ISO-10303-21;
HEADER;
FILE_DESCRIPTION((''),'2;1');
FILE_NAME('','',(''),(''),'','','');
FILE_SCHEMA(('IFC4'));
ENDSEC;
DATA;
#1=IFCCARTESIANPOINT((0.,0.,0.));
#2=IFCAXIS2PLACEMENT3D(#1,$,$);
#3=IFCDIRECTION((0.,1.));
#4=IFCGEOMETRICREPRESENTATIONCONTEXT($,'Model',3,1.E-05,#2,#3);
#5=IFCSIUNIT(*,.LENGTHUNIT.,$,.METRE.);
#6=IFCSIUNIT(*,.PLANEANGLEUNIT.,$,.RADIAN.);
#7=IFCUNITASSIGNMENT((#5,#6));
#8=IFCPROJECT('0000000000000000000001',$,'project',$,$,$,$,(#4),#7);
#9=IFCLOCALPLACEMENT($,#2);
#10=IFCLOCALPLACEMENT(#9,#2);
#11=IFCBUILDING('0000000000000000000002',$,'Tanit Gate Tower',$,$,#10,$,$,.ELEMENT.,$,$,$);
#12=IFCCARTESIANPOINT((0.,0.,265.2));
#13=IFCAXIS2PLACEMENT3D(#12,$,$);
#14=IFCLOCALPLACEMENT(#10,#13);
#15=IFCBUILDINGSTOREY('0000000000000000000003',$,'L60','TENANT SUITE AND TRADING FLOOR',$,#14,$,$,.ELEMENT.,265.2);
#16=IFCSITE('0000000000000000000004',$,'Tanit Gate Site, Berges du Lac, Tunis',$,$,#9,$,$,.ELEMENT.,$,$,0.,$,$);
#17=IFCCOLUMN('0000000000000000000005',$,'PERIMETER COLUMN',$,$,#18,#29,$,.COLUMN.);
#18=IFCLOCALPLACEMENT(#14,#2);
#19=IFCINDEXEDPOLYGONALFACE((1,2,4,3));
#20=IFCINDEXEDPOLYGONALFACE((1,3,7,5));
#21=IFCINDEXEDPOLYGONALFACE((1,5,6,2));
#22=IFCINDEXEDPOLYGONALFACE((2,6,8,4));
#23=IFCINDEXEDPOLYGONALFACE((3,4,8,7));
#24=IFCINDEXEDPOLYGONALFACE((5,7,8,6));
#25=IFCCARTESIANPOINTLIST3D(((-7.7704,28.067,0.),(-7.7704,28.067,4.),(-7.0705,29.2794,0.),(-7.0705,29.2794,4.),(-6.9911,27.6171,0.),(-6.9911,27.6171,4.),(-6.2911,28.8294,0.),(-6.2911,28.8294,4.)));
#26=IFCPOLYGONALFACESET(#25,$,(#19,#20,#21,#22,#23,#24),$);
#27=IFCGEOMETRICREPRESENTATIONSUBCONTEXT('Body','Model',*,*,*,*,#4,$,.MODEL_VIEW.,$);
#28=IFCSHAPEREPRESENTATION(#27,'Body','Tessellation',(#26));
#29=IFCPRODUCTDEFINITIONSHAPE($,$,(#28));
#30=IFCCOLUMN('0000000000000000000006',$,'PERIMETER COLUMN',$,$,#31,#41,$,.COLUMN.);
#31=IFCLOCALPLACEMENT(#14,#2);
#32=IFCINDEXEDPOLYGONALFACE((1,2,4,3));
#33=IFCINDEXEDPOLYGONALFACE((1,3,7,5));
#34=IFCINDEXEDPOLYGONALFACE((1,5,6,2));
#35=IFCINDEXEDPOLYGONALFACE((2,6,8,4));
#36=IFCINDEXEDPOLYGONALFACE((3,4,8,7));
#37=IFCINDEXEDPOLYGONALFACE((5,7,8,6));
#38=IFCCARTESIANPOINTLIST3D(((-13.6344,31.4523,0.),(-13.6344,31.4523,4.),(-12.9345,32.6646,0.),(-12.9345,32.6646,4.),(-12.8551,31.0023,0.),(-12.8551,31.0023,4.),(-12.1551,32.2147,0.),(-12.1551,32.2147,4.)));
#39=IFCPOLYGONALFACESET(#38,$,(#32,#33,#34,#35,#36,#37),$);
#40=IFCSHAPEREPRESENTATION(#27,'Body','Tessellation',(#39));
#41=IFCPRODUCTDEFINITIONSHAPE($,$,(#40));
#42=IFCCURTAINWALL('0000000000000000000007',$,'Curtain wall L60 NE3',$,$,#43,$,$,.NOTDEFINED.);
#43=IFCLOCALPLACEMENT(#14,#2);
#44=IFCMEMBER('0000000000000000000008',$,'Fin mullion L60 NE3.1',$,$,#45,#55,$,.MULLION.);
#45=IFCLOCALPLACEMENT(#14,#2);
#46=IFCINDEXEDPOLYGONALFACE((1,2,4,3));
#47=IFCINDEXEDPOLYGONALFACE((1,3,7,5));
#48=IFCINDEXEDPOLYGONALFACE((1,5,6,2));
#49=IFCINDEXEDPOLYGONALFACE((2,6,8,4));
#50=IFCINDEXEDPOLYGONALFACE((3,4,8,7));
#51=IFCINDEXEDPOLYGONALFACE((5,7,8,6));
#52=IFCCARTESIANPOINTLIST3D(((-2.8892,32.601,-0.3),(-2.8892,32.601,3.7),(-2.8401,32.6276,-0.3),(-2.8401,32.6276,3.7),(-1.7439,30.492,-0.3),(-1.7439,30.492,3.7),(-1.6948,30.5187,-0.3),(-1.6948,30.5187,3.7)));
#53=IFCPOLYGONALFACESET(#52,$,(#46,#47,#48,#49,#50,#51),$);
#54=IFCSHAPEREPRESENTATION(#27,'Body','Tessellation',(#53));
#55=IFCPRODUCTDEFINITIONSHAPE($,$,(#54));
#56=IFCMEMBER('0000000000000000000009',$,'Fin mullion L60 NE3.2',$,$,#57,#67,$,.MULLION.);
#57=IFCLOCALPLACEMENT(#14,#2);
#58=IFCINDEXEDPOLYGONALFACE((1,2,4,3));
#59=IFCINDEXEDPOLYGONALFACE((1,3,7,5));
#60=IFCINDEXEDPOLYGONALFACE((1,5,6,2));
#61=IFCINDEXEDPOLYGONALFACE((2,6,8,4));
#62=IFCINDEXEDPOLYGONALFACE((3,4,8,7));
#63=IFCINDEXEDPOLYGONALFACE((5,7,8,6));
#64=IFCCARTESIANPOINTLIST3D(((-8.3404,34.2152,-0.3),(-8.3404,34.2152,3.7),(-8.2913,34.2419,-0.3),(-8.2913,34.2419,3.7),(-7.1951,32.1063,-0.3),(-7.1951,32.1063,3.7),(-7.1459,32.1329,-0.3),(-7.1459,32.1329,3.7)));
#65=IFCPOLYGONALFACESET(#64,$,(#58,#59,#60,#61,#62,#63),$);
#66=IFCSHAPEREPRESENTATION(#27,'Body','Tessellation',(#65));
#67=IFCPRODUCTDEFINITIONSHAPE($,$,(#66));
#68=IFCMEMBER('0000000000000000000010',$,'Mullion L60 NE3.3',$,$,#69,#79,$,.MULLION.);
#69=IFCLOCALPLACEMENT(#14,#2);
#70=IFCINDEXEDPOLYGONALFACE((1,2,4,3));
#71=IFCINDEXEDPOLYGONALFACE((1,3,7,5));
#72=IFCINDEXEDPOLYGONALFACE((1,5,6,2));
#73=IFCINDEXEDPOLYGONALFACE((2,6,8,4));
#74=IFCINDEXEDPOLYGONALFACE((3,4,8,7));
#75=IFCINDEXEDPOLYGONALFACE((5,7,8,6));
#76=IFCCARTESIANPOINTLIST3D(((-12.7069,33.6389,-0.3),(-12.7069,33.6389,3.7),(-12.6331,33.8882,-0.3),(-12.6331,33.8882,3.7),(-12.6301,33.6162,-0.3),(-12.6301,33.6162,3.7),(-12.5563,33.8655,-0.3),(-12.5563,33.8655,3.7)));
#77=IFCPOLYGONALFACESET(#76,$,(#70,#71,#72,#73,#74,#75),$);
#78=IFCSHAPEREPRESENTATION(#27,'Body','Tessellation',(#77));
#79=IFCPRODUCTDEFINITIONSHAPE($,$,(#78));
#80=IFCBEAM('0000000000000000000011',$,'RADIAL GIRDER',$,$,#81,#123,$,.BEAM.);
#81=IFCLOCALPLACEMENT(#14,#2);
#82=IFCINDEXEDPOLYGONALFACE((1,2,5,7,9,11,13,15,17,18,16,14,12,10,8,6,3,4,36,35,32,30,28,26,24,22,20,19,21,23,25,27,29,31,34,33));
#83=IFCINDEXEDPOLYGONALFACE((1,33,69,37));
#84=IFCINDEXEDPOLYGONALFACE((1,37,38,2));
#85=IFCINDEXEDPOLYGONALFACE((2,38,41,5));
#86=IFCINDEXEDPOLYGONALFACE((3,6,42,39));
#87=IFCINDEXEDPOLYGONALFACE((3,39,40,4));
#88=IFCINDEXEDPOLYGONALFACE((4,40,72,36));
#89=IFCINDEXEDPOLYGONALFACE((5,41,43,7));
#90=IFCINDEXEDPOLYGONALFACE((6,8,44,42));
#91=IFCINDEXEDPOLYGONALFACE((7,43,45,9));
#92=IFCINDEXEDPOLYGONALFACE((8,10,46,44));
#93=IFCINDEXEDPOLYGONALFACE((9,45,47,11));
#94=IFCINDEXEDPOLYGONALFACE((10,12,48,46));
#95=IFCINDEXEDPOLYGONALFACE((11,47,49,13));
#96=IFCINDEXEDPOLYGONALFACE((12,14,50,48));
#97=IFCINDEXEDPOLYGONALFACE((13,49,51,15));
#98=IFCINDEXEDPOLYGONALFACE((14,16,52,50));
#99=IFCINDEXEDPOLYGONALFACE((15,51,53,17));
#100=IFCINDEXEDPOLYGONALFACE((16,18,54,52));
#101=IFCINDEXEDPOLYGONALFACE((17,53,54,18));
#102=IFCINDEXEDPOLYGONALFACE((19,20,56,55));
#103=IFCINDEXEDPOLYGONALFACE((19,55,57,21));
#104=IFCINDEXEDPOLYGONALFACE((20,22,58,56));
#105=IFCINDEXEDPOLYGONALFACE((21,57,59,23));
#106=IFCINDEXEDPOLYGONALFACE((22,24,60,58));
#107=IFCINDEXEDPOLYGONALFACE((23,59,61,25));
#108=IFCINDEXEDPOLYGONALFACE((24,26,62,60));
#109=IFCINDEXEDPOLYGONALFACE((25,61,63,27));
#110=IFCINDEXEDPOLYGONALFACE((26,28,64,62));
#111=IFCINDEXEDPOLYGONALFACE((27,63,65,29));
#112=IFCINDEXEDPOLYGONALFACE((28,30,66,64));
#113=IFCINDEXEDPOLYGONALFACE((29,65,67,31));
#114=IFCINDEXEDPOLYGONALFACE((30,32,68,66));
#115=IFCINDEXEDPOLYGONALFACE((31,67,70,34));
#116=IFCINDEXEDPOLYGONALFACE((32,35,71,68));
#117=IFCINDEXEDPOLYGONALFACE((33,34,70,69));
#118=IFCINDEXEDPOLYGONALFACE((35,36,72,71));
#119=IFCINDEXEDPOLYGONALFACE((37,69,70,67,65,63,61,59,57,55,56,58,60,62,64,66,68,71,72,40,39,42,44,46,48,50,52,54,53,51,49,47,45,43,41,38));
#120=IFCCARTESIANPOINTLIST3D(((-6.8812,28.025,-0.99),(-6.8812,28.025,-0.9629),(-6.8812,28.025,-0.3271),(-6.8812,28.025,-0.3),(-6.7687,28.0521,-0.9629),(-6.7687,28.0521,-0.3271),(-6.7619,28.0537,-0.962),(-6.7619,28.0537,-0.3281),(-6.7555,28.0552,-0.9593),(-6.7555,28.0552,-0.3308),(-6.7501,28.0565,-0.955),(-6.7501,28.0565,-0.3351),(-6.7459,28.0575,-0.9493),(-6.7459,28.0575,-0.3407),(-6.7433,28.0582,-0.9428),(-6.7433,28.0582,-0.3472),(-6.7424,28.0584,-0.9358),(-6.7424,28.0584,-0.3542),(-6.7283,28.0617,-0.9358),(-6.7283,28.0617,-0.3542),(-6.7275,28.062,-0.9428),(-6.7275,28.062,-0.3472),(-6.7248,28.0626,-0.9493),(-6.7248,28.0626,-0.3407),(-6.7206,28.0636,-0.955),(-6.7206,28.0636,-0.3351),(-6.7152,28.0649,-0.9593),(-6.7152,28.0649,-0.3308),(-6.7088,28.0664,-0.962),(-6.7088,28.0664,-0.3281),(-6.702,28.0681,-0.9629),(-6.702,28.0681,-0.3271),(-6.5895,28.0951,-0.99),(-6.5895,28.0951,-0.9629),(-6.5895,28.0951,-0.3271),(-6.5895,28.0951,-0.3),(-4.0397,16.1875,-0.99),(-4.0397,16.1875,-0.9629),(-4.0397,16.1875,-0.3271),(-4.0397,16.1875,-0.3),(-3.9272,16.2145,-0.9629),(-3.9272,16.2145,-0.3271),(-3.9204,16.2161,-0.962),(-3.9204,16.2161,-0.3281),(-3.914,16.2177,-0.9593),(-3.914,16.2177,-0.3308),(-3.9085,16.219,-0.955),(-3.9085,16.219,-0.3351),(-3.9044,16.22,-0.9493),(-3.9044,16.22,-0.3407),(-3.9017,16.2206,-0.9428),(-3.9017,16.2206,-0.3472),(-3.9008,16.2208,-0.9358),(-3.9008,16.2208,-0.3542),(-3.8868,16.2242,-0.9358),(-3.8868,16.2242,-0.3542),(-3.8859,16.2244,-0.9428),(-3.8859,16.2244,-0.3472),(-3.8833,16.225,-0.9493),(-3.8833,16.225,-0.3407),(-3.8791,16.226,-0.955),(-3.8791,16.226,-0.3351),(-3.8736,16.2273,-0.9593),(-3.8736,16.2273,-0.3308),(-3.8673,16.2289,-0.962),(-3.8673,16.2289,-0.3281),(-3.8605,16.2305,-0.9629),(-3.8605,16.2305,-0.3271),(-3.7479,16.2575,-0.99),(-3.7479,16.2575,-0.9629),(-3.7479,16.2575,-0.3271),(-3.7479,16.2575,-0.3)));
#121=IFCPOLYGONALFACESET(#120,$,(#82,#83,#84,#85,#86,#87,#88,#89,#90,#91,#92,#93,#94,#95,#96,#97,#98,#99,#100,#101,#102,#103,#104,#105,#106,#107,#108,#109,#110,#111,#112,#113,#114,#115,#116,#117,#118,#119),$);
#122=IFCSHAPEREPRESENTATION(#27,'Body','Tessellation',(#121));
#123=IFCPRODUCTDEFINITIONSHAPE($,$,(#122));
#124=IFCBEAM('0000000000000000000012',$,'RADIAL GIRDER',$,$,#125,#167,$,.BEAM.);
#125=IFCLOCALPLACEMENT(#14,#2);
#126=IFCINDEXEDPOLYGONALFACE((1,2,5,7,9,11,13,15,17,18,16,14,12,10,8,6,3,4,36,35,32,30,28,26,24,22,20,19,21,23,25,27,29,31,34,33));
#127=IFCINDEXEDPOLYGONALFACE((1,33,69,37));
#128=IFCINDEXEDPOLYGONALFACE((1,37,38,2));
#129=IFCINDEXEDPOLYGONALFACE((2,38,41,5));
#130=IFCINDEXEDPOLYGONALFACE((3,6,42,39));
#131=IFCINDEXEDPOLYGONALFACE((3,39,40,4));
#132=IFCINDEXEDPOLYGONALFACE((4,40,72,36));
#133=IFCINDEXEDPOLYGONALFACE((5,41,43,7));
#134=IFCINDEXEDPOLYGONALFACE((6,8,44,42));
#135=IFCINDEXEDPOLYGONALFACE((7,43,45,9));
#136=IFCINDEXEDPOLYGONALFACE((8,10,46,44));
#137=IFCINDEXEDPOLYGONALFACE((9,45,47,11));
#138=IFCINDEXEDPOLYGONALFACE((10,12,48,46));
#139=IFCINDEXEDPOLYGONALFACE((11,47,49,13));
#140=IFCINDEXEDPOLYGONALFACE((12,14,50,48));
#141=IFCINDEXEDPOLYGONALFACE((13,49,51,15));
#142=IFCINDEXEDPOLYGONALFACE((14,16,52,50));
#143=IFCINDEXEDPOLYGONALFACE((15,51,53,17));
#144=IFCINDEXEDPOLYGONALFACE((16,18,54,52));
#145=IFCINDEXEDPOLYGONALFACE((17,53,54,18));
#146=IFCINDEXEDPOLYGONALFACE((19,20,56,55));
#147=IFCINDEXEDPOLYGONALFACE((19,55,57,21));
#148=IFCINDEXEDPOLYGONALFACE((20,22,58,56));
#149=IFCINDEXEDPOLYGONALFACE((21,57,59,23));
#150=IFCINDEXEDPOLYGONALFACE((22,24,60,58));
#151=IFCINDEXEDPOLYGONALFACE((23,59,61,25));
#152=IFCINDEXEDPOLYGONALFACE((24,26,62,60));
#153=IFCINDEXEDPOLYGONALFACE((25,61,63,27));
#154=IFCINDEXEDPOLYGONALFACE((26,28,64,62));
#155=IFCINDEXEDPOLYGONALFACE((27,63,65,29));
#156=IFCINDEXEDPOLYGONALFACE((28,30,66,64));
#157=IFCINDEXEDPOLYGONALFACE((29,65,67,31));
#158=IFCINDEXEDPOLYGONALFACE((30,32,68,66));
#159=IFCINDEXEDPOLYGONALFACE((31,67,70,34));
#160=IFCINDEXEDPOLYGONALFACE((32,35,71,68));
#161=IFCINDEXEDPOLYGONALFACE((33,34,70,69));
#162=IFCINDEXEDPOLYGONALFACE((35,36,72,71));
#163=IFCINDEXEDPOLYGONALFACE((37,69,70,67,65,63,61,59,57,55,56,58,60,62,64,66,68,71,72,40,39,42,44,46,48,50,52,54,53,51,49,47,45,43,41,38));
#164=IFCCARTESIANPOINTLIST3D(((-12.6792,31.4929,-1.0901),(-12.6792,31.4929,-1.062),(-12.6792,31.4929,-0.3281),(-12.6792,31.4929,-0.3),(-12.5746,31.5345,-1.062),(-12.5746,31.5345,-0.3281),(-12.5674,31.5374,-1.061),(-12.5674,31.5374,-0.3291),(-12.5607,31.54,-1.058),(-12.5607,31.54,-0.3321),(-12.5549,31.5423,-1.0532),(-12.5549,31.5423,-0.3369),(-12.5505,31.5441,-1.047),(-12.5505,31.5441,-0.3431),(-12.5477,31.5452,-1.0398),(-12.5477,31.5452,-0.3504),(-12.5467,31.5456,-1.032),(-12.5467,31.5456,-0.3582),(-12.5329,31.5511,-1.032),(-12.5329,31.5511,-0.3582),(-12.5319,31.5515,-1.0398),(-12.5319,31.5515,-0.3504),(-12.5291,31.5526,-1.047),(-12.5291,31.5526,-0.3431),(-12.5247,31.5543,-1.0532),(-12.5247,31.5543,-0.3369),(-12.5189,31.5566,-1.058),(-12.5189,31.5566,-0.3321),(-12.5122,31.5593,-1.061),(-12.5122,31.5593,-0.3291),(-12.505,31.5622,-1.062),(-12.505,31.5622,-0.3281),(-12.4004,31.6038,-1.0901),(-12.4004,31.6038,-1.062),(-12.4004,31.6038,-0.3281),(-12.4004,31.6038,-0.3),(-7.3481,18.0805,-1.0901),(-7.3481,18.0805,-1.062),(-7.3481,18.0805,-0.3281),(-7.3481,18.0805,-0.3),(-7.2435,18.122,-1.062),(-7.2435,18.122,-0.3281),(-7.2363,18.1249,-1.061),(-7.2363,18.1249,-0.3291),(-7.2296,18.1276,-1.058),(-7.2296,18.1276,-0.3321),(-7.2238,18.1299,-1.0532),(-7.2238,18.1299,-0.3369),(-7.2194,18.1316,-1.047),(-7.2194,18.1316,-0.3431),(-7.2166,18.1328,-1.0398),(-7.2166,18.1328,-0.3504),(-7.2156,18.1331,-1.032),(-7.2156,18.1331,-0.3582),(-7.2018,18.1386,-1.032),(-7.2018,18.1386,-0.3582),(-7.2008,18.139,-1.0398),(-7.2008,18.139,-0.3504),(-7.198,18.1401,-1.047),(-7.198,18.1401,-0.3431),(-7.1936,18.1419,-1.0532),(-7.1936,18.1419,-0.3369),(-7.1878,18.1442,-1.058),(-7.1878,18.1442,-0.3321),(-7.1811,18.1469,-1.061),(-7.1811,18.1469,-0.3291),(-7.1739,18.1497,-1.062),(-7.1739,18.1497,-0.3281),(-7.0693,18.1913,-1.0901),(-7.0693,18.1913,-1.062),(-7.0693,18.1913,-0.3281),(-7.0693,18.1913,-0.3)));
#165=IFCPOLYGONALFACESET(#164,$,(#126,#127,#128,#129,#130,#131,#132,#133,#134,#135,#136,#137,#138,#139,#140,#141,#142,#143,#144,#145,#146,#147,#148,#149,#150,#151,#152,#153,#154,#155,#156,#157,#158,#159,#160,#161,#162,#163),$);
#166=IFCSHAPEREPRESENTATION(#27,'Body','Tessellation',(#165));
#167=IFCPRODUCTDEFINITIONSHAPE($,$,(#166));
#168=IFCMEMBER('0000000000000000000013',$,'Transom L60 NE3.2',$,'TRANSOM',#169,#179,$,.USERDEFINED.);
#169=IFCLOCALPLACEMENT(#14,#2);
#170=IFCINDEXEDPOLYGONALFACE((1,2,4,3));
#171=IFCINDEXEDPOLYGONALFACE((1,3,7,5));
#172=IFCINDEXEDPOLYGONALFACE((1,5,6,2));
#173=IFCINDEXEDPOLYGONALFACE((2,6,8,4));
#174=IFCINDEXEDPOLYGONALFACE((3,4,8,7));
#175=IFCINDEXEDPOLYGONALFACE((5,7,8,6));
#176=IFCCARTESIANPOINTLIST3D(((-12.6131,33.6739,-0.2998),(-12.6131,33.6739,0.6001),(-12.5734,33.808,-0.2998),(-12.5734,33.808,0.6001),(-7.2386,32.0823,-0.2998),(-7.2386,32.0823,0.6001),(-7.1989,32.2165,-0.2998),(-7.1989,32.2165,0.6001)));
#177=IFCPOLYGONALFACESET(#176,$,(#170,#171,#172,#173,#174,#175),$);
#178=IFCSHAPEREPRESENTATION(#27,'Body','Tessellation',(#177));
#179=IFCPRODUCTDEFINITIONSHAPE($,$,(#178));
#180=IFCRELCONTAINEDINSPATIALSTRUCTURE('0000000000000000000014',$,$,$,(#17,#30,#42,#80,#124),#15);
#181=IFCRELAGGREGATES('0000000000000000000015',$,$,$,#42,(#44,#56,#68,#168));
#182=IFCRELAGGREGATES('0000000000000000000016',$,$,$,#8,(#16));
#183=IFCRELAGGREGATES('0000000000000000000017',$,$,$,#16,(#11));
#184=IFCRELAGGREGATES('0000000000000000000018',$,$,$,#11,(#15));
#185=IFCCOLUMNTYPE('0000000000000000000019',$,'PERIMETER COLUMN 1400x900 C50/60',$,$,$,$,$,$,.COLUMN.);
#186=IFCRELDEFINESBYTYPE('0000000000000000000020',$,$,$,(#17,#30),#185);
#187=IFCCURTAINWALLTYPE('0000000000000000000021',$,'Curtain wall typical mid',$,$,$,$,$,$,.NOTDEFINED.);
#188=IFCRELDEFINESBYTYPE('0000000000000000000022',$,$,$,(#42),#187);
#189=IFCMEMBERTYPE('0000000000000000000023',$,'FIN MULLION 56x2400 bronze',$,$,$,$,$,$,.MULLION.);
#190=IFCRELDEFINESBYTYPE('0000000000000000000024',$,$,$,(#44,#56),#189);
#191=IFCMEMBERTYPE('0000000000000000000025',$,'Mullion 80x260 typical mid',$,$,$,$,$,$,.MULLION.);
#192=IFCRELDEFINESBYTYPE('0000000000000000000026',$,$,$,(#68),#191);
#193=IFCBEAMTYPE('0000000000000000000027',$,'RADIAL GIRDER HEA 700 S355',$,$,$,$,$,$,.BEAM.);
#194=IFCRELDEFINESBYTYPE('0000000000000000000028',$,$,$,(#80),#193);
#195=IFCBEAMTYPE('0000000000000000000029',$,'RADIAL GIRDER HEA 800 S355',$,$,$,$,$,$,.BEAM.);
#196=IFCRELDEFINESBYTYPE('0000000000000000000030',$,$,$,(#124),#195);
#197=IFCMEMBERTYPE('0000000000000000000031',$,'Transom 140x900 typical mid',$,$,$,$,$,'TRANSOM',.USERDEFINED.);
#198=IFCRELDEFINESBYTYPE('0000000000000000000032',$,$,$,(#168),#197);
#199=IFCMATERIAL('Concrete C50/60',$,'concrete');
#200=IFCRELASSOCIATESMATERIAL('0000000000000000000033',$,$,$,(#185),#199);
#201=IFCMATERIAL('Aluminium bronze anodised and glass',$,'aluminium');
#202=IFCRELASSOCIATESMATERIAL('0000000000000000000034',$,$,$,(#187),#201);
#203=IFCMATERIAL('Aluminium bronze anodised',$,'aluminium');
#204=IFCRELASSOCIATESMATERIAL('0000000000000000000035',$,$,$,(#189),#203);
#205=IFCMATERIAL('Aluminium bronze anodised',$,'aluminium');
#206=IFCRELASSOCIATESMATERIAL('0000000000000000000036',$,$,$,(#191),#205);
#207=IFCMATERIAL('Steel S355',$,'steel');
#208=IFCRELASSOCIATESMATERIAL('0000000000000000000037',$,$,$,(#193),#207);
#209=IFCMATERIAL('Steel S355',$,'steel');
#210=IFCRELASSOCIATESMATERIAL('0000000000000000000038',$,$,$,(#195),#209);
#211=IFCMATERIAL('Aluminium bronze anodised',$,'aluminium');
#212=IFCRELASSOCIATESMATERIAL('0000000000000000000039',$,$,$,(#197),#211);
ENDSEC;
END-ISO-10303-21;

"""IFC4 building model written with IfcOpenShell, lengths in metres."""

from ifc_helpers import new_model, si_unit, direction, frame, origin, origin_2d, place, context, subcontext, project, spatial, rectangle, i_section, extrude, material, material_profile, profile_set, type_object, element, aggregate, save


model = new_model("IFC4")

# Units and contexts
model_context = context("Model", 3, precision=1e-05, world=origin(), true_north=direction((0.0, 1.0)))
body_context = subcontext(model_context, "Body", "Model", "MODEL_VIEW")
ifc_project = project(units=[si_unit("LENGTHUNIT", "METRE"), si_unit("PLANEANGLEUNIT", "RADIAN")], contexts=[model_context])

# Site, building, storey
site_placement = place(None, origin())
site = spatial("IfcSite", under=ifc_project, at=site_placement, Name="Tanit Gate Site, Berges du Lac, Tunis", CompositionType="ELEMENT", RefElevation=0.0)
building_placement = place(site_placement, origin())
building = spatial("IfcBuilding", under=site, at=building_placement, Name="Tanit Gate Tower", CompositionType="ELEMENT")
storey_placement = place(building_placement, frame((0.0, 0.0, 265.2)))
storey = spatial("IfcBuildingStorey", under=building, at=storey_placement, Name="L60", Description="TENANT SUITE AND TRADING FLOOR", CompositionType="ELEMENT", Elevation=265.2)

# Columns
ifc_material_1 = material(Name="Concrete C50/60", Category="concrete")
ifc_material_profile_1 = material_profile(ifc_material_1, rectangle(XDim=1.3999, YDim=0.8999, at=origin_2d()), Name="RC 1400x900")
ifc_profile_set_1 = profile_set([ifc_material_profile_1], Name="Concrete C50/60")
column_type = type_object("IfcColumnType", Name="PERIMETER COLUMN 1400x900 C50/60", PredefinedType="COLUMN", material=ifc_profile_set_1)
for number, where, z_axis, x_axis, name in (
    (1, (-7.0308, 28.4482, 0.0), (0.0, 0.0, 1.0), (0.5, 0.866025, 0.0), "PERIMETER COLUMN"),
    (2, (-12.8948, 31.8335, 0.0), (0.0, 0.0, 1.0), (0.5, 0.866025, 0.0), "PERIMETER COLUMN"),
):
    element("IfcColumn", number, at=place(storey_placement, frame(where, z_axis=z_axis, x_axis=x_axis)), inside=storey, type_object=column_type, Name=name, PredefinedType="COLUMN", context=body_context, shape_type="SweptSolid", body=[
        extrude(rectangle(XDim=1.3999, YDim=0.8999, at=origin_2d()), origin(), (0.0, 0.0, 1.0), 4.0),
    ])

# Curtain wall, members
ifc_material_2 = material(Name="Aluminium bronze anodised and glass", Category="aluminium")
curtain_wall_type = type_object("IfcCurtainWallType", Name="Curtain wall typical mid", PredefinedType="NOTDEFINED", material=ifc_material_2)
curtain_wall_placement = place(storey_placement, origin())
curtain_wall = element("IfcCurtainWall", 3, at=curtain_wall_placement, inside=storey, type_object=curtain_wall_type, Name="Curtain wall L60 NE3", PredefinedType="NOTDEFINED")
ifc_material_3 = material(Name="Aluminium bronze anodised", Category="aluminium")
ifc_material_profile_2 = material_profile(ifc_material_3, rectangle(XDim=2.3999, YDim=0.0559, at=origin_2d()), Name="56x2400 bronze fin mullion")
ifc_profile_set_2 = profile_set([ifc_material_profile_2], Name="Aluminium bronze anodised")
member_type_1 = type_object("IfcMemberType", Name="FIN MULLION 56x2400 bronze", PredefinedType="MULLION", material=ifc_profile_set_2)
member_1_placement = place(storey_placement, frame((-2.292, 31.5598, -0.3), z_axis=(0.0, 0.0, 1.0), x_axis=(0.477246, -0.87877, 0.0)))
member_1 = element("IfcMember", 4, at=member_1_placement, type_object=member_type_1, Name="Fin mullion L60 NE3.1", PredefinedType="MULLION", context=body_context, shape_type="SweptSolid", body=[
    extrude(rectangle(XDim=2.3999, YDim=0.0559, at=origin_2d()), origin(), (0.0, 0.0, 1.0), 4.0),
])
member_2_placement = place(storey_placement, frame((-7.7432, 33.1741, -0.3), z_axis=(0.0, 0.0, 1.0), x_axis=(0.477246, -0.87877, 0.0)))
member_2 = element("IfcMember", 5, at=member_2_placement, type_object=member_type_1, Name="Fin mullion L60 NE3.2", PredefinedType="MULLION", context=body_context, shape_type="SweptSolid", body=[
    extrude(rectangle(XDim=2.3999, YDim=0.0559, at=origin_2d()), origin(), (0.0, 0.0, 1.0), 4.0),
])
ifc_material_4 = material(Name="Aluminium bronze anodised", Category="aluminium")
ifc_material_profile_3 = material_profile(ifc_material_4, rectangle(XDim=0.26, YDim=0.0801, at=origin_2d()), Name="80x260 bronze mullion")
ifc_profile_set_3 = profile_set([ifc_material_profile_3], Name="Aluminium bronze anodised")
member_type_2 = type_object("IfcMemberType", Name="Mullion 80x260 typical mid", PredefinedType="MULLION", material=ifc_profile_set_3)
member_3_placement = place(storey_placement, frame((-12.6316, 33.7522, -0.3), z_axis=(0.0, 0.0, 1.0), x_axis=(-0.28392, -0.958848, 0.0)))
member_3 = element("IfcMember", 6, at=member_3_placement, type_object=member_type_2, Name="Mullion L60 NE3.3", PredefinedType="MULLION", context=body_context, shape_type="SweptSolid", body=[
    extrude(rectangle(XDim=0.26, YDim=0.0801, at=origin_2d()), origin(), (0.0, 0.0, 1.0), 4.0),
])

# Beams
ifc_material_5 = material(Name="Steel S355", Category="steel")
ifc_material_profile_4 = material_profile(ifc_material_5, i_section(OverallWidth=0.3, OverallDepth=0.6899, WebThickness=0.0144, FlangeThickness=0.0271, FilletRadius=0.0271, at=origin_2d()), Name="HEA 700")
ifc_profile_set_4 = profile_set([ifc_material_profile_4], Name="Steel S355")
beam_type_1 = type_object("IfcBeamType", Name="RADIAL GIRDER HEA 700 S355", PredefinedType="BEAM", material=ifc_profile_set_4)
beam_1_placement = place(storey_placement, frame((-6.7354, 28.0601, -0.645), z_axis=(0.233413, -0.972378, 0.0), x_axis=(0.972378, 0.233413, 0.0)))
element("IfcBeam", 7, at=beam_1_placement, inside=storey, type_object=beam_type_1, Name="RADIAL GIRDER", PredefinedType="BEAM", context=body_context, shape_type="SweptSolid", body=[
    extrude(i_section(OverallWidth=0.3, OverallDepth=0.6899, WebThickness=0.0144, FlangeThickness=0.0271, FilletRadius=0.0271, at=origin_2d()), origin(), (0.0, 0.0, 1.0), 12.1738),
])
ifc_material_6 = material(Name="Steel S355", Category="steel")
ifc_material_profile_5 = material_profile(ifc_material_6, i_section(OverallWidth=0.3, OverallDepth=0.79, WebThickness=0.0149, FlangeThickness=0.0281, FilletRadius=0.03, at=origin_2d()), Name="HEA 800")
ifc_profile_set_5 = profile_set([ifc_material_profile_5], Name="Steel S355")
beam_type_2 = type_object("IfcBeamType", Name="RADIAL GIRDER HEA 800 S355", PredefinedType="BEAM", material=ifc_profile_set_5)
beam_2_placement = place(storey_placement, frame((-12.5398, 31.5483, -0.6951), z_axis=(0.369366, -0.929284, 0.0), x_axis=(0.929284, 0.369366, 0.0)))
element("IfcBeam", 8, at=beam_2_placement, inside=storey, type_object=beam_type_2, Name="RADIAL GIRDER", PredefinedType="BEAM", context=body_context, shape_type="SweptSolid", body=[
    extrude(i_section(OverallWidth=0.3, OverallDepth=0.79, WebThickness=0.0149, FlangeThickness=0.0281, FilletRadius=0.03, at=origin_2d()), origin(), (0.0, 0.0, 1.0), 14.4331),
])

# Member
ifc_material_7 = material(Name="Aluminium bronze anodised", Category="aluminium")
ifc_material_profile_6 = material_profile(ifc_material_7, rectangle(XDim=0.1399, YDim=0.8999, at=origin_2d()), Name="140x900 bronze transom")
ifc_profile_set_6 = profile_set([ifc_material_profile_6], Name="Aluminium bronze anodised")
member_type_3 = type_object("IfcMemberType", Name="Transom 140x900 typical mid", ElementType="TRANSOM", PredefinedType="USERDEFINED", material=ifc_profile_set_6)
member_4_placement = place(storey_placement, frame((-7.2188, 32.1494, 0.1501), z_axis=(-0.958842, 0.283942, 0.0), x_axis=(-0.283942, -0.958842, 0.0)))
member_4 = element("IfcMember", 9, at=member_4_placement, type_object=member_type_3, Name="Transom L60 NE3.2", ObjectType="TRANSOM", PredefinedType="USERDEFINED", context=body_context, shape_type="SweptSolid", body=[
    extrude(rectangle(XDim=0.1399, YDim=0.8999, at=origin_2d()), origin(), (0.0, 0.0, 1.0), 5.6052),
])

aggregate(curtain_wall, [member_1, member_2, member_3, member_4])

save(model, "model.ifc")
